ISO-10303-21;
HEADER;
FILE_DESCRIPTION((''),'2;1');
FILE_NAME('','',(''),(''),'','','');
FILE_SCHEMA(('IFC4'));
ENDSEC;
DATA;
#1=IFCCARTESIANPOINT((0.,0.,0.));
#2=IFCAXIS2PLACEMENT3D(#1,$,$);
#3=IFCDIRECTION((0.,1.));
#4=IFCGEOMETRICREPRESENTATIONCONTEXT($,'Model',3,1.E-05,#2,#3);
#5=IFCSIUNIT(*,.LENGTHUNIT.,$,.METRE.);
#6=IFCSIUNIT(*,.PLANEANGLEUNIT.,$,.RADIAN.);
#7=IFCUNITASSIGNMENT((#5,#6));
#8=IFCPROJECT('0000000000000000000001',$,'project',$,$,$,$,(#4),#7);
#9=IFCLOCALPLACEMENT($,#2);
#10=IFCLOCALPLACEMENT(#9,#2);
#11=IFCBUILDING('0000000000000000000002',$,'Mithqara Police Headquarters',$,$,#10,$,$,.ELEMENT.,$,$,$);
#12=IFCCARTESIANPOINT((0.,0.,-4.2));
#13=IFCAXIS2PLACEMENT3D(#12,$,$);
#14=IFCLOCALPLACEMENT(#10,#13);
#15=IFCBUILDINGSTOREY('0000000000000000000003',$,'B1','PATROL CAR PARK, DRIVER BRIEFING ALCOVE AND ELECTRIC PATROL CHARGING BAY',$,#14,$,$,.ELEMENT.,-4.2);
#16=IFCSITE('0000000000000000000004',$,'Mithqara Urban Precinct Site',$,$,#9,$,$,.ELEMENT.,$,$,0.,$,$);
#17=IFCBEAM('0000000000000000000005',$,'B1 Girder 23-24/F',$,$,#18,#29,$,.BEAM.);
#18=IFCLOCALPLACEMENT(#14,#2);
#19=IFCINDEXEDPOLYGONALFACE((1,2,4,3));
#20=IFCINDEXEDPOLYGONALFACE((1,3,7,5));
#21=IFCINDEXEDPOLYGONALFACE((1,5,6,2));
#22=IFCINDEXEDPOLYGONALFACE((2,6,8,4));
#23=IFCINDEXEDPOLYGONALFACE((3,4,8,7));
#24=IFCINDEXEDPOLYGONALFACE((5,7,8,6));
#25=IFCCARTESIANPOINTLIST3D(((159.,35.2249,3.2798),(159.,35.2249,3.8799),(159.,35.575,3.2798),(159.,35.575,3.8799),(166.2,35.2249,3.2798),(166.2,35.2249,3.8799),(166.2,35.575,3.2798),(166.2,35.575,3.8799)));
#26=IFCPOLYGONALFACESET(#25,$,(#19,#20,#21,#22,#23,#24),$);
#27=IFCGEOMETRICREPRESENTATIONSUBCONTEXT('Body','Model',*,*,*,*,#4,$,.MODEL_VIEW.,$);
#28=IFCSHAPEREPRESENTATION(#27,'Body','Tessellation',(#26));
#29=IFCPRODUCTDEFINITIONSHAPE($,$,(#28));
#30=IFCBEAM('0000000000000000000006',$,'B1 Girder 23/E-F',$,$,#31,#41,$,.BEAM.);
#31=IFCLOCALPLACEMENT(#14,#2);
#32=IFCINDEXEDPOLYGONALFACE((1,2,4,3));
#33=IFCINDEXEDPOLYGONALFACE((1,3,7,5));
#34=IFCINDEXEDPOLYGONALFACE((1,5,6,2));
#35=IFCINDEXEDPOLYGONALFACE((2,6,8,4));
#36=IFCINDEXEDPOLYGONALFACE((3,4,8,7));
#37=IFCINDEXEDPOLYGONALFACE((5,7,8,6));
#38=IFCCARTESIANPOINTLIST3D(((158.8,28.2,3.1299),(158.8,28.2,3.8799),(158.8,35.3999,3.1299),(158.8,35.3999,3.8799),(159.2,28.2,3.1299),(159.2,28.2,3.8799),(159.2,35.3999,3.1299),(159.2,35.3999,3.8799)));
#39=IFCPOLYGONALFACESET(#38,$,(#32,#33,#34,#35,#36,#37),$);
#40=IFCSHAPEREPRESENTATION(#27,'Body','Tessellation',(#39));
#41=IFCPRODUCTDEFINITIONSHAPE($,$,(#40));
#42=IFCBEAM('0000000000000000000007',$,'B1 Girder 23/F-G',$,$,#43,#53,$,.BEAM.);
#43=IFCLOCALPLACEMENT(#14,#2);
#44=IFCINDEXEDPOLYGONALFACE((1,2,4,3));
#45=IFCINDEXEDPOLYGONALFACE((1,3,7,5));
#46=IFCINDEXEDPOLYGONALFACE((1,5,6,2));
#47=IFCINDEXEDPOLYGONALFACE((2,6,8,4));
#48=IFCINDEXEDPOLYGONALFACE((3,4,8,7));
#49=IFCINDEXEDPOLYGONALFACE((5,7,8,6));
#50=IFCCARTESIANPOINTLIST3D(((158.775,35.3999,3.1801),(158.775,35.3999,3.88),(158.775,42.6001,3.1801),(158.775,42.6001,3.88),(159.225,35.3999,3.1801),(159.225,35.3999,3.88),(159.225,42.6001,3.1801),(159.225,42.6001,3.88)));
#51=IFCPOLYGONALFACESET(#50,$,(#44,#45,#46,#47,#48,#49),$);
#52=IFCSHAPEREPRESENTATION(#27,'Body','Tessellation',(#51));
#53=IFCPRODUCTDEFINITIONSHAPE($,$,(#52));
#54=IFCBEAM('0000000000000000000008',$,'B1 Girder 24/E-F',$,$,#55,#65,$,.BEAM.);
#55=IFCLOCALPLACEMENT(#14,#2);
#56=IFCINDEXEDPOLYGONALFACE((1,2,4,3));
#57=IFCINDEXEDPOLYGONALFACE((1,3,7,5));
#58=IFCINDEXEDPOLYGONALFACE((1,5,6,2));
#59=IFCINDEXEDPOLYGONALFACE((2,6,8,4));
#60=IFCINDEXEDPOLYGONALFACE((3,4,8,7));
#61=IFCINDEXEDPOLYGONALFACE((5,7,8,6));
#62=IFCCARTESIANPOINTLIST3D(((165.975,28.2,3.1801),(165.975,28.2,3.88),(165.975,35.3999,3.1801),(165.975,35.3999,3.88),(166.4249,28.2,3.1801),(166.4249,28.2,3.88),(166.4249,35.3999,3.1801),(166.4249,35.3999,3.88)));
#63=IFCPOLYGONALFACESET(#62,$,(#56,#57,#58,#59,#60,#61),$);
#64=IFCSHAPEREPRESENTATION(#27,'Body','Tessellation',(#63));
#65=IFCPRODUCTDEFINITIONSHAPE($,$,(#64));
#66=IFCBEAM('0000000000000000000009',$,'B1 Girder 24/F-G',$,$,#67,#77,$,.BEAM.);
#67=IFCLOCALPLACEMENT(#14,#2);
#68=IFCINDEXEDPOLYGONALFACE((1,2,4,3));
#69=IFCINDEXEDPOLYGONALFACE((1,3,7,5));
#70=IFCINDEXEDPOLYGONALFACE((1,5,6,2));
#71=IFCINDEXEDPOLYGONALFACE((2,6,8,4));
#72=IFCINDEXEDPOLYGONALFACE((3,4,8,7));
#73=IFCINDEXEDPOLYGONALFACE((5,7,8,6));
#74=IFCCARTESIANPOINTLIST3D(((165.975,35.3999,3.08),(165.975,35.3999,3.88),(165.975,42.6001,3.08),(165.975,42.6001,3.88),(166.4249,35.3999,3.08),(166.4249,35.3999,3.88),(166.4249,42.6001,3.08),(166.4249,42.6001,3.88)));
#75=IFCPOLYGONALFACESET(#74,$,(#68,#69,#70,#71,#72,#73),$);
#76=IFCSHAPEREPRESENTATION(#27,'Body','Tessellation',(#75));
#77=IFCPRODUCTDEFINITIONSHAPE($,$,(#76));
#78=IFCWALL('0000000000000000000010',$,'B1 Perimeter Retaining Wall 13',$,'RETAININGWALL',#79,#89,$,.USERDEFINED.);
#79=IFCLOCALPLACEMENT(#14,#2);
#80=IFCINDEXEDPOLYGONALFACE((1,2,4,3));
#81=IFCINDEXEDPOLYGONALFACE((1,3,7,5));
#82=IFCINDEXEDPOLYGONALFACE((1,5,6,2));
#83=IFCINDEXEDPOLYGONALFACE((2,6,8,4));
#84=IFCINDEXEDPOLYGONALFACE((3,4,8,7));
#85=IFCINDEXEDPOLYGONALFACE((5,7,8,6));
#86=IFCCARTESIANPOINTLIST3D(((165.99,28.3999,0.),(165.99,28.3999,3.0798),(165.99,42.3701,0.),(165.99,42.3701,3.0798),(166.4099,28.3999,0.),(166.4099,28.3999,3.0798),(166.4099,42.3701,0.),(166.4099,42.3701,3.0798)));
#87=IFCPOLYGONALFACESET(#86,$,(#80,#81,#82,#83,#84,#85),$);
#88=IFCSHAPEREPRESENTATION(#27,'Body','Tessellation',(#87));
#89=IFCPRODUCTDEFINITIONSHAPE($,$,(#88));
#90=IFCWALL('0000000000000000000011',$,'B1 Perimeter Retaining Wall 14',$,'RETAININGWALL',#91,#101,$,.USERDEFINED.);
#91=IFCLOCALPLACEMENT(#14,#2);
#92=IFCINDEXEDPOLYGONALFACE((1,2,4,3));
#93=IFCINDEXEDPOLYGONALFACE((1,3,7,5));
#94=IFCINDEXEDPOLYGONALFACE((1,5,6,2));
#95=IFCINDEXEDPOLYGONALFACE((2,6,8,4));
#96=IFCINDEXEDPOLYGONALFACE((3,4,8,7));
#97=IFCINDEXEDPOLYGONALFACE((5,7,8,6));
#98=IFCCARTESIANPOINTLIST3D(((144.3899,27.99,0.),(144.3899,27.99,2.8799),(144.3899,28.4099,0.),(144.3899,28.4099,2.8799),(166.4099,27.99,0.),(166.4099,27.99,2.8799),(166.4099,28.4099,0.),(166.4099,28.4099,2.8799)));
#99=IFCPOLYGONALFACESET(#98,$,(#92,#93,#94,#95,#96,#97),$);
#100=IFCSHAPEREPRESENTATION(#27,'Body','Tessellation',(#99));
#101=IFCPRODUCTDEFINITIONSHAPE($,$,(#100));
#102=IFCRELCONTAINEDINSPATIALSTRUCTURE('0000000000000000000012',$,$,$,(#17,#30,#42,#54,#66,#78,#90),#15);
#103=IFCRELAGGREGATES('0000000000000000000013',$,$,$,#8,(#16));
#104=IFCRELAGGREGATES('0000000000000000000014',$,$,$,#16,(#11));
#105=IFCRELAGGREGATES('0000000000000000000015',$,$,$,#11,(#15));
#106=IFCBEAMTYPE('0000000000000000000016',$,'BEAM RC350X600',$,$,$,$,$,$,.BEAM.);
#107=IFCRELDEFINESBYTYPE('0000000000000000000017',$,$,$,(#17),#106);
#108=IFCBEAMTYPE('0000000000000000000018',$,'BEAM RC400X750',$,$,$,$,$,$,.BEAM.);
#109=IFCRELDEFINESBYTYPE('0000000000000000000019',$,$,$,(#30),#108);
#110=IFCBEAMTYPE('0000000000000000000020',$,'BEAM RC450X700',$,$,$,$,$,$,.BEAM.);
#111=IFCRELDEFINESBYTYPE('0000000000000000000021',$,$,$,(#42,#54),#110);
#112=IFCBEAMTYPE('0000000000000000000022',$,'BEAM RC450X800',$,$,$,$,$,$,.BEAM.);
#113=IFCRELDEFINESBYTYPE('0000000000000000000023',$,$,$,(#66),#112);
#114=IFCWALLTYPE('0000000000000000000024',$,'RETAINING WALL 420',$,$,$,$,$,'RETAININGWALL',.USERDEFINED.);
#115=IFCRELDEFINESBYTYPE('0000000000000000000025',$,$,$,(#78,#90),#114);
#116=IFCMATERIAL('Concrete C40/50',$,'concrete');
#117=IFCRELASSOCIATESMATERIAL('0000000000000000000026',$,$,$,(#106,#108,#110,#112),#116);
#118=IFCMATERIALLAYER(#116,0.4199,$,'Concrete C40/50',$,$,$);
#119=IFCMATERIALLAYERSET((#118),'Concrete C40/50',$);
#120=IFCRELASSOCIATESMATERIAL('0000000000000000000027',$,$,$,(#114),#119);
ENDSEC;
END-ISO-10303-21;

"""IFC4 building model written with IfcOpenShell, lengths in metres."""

from ifc_helpers import new_model, si_unit, direction, frame, frame_2d, origin, origin_2d, place, context, subcontext, project, spatial, rectangle, extrude, material, layer, layer_set, material_profile, profile_set, type_object, element, save


model = new_model("IFC4")

# Units and contexts
model_context = context("Model", 3, precision=1e-05, world=origin(), true_north=direction((0.0, 1.0)))
body_context = subcontext(model_context, "Body", "Model", "MODEL_VIEW")
ifc_project = project(units=[si_unit("LENGTHUNIT", "METRE"), si_unit("PLANEANGLEUNIT", "RADIAN")], contexts=[model_context])

# Site, building, storey
site_placement = place(None, origin())
site = spatial("IfcSite", under=ifc_project, at=site_placement, Name="Mithqara Urban Precinct Site", CompositionType="ELEMENT", RefElevation=0.0)
building_placement = place(site_placement, origin())
building = spatial("IfcBuilding", under=site, at=building_placement, Name="Mithqara Police Headquarters", CompositionType="ELEMENT")
storey_placement = place(building_placement, frame((0.0, 0.0, -4.2)))
storey = spatial("IfcBuildingStorey", under=building, at=storey_placement, Name="B1", Description="PATROL CAR PARK, DRIVER BRIEFING ALCOVE AND ELECTRIC PATROL CHARGING BAY", CompositionType="ELEMENT", Elevation=-4.2)

# Shared definitions
ifc_material_1 = material(Name="Concrete C40/50", Category="concrete")

# Beams
ifc_material_profile_1 = material_profile(ifc_material_1, rectangle(XDim=0.3501, YDim=0.6001, at=origin_2d()), Name="RC 350x600")
ifc_profile_set_1 = profile_set([ifc_material_profile_1], Name="Concrete C40/50")
beam_type_1 = type_object("IfcBeamType", Name="BEAM RC350X600", PredefinedType="BEAM", material=ifc_profile_set_1)
beam_1_placement = place(storey_placement, frame((159.0, 35.3999, 3.5798), z_axis=(1.0, 0.0, 0.0), x_axis=(0.0, 1.0, 0.0)))
element("IfcBeam", 1, at=beam_1_placement, inside=storey, type_object=beam_type_1, Name="B1 Girder 23-24/F", PredefinedType="BEAM", context=body_context, shape_type="SweptSolid", body=[
    extrude(rectangle(XDim=0.3501, YDim=0.6001, at=origin_2d()), origin(), (0.0, 0.0, 1.0), 7.2),
])
ifc_material_profile_2 = material_profile(ifc_material_1, rectangle(XDim=0.3999, YDim=0.75, at=origin_2d()), Name="RC 400x750")
ifc_profile_set_2 = profile_set([ifc_material_profile_2], Name="Concrete C40/50")
beam_type_2 = type_object("IfcBeamType", Name="BEAM RC400X750", PredefinedType="BEAM", material=ifc_profile_set_2)
beam_2_placement = place(storey_placement, frame((159.0, 28.2, 3.5049), z_axis=(0.0, 1.0, 0.0), x_axis=(-1.0, 0.0, 0.0)))
element("IfcBeam", 2, at=beam_2_placement, inside=storey, type_object=beam_type_2, Name="B1 Girder 23/E-F", PredefinedType="BEAM", context=body_context, shape_type="SweptSolid", body=[
    extrude(rectangle(XDim=0.3999, YDim=0.75, at=origin_2d()), origin(), (0.0, 0.0, 1.0), 7.2),
])
ifc_material_profile_3 = material_profile(ifc_material_1, rectangle(XDim=0.45, YDim=0.7, at=origin_2d()), Name="RC 450x700")
ifc_profile_set_3 = profile_set([ifc_material_profile_3], Name="Concrete C40/50")
beam_type_3 = type_object("IfcBeamType", Name="BEAM RC450X700", PredefinedType="BEAM", material=ifc_profile_set_3)
beam_3_placement = place(storey_placement, frame((159.0, 35.3999, 3.53), z_axis=(0.0, 1.0, 0.0), x_axis=(-1.0, 0.0, 0.0)))
element("IfcBeam", 3, at=beam_3_placement, inside=storey, type_object=beam_type_3, Name="B1 Girder 23/F-G", PredefinedType="BEAM", context=body_context, shape_type="SweptSolid", body=[
    extrude(rectangle(XDim=0.45, YDim=0.7, at=origin_2d()), origin(), (0.0, 0.0, 1.0), 7.2002),
])
beam_4_placement = place(storey_placement, frame((166.2, 28.2, 3.53), z_axis=(0.0, 1.0, 0.0), x_axis=(-1.0, 0.0, 0.0)))
element("IfcBeam", 4, at=beam_4_placement, inside=storey, type_object=beam_type_3, Name="B1 Girder 24/E-F", PredefinedType="BEAM", context=body_context, shape_type="SweptSolid", body=[
    extrude(rectangle(XDim=0.45, YDim=0.7, at=origin_2d()), origin(), (0.0, 0.0, 1.0), 7.2),
])
ifc_material_profile_4 = material_profile(ifc_material_1, rectangle(XDim=0.45, YDim=0.8, at=origin_2d()), Name="RC 450x800")
ifc_profile_set_4 = profile_set([ifc_material_profile_4], Name="Concrete C40/50")
beam_type_4 = type_object("IfcBeamType", Name="BEAM RC450X800", PredefinedType="BEAM", material=ifc_profile_set_4)
beam_5_placement = place(storey_placement, frame((166.2, 35.3999, 3.48), z_axis=(0.0, 1.0, 0.0), x_axis=(-1.0, 0.0, 0.0)))
element("IfcBeam", 5, at=beam_5_placement, inside=storey, type_object=beam_type_4, Name="B1 Girder 24/F-G", PredefinedType="BEAM", context=body_context, shape_type="SweptSolid", body=[
    extrude(rectangle(XDim=0.45, YDim=0.8, at=origin_2d()), origin(), (0.0, 0.0, 1.0), 7.2002),
])

# Walls
ifc_layer = layer(ifc_material_1, 0.4199, Name="Concrete C40/50")
ifc_layer_set = layer_set([ifc_layer], Name="Concrete C40/50")
wall_type = type_object("IfcWallType", Name="RETAINING WALL 420", ElementType="RETAININGWALL", PredefinedType="USERDEFINED", material=ifc_layer_set)
wall_1_placement = place(storey_placement, frame((166.2, 42.3701, 0.0), z_axis=(0.0, 0.0, 1.0), x_axis=(0.0, -1.0, 0.0)))
element("IfcWall", 6, at=wall_1_placement, inside=storey, type_object=wall_type, Name="B1 Perimeter Retaining Wall 13", ObjectType="RETAININGWALL", PredefinedType="USERDEFINED", context=body_context, shape_type="SweptSolid", body=[
    extrude(rectangle(XDim=13.9702, YDim=0.4199, at=frame_2d((6.9851, 0.0))), origin(), (0.0, 0.0, 1.0), 3.0798),
])
wall_2_placement = place(storey_placement, frame((166.4099, 28.2, 0.0), z_axis=(0.0, 0.0, 1.0), x_axis=(-1.0, 0.0, 0.0)))
element("IfcWall", 7, at=wall_2_placement, inside=storey, type_object=wall_type, Name="B1 Perimeter Retaining Wall 14", ObjectType="RETAININGWALL", PredefinedType="USERDEFINED", context=body_context, shape_type="SweptSolid", body=[
    extrude(rectangle(XDim=22.02, YDim=0.4199, at=frame_2d((11.01, 0.0))), origin(), (0.0, 0.0, 1.0), 2.8799),
])

save(model, "model.ifc")
